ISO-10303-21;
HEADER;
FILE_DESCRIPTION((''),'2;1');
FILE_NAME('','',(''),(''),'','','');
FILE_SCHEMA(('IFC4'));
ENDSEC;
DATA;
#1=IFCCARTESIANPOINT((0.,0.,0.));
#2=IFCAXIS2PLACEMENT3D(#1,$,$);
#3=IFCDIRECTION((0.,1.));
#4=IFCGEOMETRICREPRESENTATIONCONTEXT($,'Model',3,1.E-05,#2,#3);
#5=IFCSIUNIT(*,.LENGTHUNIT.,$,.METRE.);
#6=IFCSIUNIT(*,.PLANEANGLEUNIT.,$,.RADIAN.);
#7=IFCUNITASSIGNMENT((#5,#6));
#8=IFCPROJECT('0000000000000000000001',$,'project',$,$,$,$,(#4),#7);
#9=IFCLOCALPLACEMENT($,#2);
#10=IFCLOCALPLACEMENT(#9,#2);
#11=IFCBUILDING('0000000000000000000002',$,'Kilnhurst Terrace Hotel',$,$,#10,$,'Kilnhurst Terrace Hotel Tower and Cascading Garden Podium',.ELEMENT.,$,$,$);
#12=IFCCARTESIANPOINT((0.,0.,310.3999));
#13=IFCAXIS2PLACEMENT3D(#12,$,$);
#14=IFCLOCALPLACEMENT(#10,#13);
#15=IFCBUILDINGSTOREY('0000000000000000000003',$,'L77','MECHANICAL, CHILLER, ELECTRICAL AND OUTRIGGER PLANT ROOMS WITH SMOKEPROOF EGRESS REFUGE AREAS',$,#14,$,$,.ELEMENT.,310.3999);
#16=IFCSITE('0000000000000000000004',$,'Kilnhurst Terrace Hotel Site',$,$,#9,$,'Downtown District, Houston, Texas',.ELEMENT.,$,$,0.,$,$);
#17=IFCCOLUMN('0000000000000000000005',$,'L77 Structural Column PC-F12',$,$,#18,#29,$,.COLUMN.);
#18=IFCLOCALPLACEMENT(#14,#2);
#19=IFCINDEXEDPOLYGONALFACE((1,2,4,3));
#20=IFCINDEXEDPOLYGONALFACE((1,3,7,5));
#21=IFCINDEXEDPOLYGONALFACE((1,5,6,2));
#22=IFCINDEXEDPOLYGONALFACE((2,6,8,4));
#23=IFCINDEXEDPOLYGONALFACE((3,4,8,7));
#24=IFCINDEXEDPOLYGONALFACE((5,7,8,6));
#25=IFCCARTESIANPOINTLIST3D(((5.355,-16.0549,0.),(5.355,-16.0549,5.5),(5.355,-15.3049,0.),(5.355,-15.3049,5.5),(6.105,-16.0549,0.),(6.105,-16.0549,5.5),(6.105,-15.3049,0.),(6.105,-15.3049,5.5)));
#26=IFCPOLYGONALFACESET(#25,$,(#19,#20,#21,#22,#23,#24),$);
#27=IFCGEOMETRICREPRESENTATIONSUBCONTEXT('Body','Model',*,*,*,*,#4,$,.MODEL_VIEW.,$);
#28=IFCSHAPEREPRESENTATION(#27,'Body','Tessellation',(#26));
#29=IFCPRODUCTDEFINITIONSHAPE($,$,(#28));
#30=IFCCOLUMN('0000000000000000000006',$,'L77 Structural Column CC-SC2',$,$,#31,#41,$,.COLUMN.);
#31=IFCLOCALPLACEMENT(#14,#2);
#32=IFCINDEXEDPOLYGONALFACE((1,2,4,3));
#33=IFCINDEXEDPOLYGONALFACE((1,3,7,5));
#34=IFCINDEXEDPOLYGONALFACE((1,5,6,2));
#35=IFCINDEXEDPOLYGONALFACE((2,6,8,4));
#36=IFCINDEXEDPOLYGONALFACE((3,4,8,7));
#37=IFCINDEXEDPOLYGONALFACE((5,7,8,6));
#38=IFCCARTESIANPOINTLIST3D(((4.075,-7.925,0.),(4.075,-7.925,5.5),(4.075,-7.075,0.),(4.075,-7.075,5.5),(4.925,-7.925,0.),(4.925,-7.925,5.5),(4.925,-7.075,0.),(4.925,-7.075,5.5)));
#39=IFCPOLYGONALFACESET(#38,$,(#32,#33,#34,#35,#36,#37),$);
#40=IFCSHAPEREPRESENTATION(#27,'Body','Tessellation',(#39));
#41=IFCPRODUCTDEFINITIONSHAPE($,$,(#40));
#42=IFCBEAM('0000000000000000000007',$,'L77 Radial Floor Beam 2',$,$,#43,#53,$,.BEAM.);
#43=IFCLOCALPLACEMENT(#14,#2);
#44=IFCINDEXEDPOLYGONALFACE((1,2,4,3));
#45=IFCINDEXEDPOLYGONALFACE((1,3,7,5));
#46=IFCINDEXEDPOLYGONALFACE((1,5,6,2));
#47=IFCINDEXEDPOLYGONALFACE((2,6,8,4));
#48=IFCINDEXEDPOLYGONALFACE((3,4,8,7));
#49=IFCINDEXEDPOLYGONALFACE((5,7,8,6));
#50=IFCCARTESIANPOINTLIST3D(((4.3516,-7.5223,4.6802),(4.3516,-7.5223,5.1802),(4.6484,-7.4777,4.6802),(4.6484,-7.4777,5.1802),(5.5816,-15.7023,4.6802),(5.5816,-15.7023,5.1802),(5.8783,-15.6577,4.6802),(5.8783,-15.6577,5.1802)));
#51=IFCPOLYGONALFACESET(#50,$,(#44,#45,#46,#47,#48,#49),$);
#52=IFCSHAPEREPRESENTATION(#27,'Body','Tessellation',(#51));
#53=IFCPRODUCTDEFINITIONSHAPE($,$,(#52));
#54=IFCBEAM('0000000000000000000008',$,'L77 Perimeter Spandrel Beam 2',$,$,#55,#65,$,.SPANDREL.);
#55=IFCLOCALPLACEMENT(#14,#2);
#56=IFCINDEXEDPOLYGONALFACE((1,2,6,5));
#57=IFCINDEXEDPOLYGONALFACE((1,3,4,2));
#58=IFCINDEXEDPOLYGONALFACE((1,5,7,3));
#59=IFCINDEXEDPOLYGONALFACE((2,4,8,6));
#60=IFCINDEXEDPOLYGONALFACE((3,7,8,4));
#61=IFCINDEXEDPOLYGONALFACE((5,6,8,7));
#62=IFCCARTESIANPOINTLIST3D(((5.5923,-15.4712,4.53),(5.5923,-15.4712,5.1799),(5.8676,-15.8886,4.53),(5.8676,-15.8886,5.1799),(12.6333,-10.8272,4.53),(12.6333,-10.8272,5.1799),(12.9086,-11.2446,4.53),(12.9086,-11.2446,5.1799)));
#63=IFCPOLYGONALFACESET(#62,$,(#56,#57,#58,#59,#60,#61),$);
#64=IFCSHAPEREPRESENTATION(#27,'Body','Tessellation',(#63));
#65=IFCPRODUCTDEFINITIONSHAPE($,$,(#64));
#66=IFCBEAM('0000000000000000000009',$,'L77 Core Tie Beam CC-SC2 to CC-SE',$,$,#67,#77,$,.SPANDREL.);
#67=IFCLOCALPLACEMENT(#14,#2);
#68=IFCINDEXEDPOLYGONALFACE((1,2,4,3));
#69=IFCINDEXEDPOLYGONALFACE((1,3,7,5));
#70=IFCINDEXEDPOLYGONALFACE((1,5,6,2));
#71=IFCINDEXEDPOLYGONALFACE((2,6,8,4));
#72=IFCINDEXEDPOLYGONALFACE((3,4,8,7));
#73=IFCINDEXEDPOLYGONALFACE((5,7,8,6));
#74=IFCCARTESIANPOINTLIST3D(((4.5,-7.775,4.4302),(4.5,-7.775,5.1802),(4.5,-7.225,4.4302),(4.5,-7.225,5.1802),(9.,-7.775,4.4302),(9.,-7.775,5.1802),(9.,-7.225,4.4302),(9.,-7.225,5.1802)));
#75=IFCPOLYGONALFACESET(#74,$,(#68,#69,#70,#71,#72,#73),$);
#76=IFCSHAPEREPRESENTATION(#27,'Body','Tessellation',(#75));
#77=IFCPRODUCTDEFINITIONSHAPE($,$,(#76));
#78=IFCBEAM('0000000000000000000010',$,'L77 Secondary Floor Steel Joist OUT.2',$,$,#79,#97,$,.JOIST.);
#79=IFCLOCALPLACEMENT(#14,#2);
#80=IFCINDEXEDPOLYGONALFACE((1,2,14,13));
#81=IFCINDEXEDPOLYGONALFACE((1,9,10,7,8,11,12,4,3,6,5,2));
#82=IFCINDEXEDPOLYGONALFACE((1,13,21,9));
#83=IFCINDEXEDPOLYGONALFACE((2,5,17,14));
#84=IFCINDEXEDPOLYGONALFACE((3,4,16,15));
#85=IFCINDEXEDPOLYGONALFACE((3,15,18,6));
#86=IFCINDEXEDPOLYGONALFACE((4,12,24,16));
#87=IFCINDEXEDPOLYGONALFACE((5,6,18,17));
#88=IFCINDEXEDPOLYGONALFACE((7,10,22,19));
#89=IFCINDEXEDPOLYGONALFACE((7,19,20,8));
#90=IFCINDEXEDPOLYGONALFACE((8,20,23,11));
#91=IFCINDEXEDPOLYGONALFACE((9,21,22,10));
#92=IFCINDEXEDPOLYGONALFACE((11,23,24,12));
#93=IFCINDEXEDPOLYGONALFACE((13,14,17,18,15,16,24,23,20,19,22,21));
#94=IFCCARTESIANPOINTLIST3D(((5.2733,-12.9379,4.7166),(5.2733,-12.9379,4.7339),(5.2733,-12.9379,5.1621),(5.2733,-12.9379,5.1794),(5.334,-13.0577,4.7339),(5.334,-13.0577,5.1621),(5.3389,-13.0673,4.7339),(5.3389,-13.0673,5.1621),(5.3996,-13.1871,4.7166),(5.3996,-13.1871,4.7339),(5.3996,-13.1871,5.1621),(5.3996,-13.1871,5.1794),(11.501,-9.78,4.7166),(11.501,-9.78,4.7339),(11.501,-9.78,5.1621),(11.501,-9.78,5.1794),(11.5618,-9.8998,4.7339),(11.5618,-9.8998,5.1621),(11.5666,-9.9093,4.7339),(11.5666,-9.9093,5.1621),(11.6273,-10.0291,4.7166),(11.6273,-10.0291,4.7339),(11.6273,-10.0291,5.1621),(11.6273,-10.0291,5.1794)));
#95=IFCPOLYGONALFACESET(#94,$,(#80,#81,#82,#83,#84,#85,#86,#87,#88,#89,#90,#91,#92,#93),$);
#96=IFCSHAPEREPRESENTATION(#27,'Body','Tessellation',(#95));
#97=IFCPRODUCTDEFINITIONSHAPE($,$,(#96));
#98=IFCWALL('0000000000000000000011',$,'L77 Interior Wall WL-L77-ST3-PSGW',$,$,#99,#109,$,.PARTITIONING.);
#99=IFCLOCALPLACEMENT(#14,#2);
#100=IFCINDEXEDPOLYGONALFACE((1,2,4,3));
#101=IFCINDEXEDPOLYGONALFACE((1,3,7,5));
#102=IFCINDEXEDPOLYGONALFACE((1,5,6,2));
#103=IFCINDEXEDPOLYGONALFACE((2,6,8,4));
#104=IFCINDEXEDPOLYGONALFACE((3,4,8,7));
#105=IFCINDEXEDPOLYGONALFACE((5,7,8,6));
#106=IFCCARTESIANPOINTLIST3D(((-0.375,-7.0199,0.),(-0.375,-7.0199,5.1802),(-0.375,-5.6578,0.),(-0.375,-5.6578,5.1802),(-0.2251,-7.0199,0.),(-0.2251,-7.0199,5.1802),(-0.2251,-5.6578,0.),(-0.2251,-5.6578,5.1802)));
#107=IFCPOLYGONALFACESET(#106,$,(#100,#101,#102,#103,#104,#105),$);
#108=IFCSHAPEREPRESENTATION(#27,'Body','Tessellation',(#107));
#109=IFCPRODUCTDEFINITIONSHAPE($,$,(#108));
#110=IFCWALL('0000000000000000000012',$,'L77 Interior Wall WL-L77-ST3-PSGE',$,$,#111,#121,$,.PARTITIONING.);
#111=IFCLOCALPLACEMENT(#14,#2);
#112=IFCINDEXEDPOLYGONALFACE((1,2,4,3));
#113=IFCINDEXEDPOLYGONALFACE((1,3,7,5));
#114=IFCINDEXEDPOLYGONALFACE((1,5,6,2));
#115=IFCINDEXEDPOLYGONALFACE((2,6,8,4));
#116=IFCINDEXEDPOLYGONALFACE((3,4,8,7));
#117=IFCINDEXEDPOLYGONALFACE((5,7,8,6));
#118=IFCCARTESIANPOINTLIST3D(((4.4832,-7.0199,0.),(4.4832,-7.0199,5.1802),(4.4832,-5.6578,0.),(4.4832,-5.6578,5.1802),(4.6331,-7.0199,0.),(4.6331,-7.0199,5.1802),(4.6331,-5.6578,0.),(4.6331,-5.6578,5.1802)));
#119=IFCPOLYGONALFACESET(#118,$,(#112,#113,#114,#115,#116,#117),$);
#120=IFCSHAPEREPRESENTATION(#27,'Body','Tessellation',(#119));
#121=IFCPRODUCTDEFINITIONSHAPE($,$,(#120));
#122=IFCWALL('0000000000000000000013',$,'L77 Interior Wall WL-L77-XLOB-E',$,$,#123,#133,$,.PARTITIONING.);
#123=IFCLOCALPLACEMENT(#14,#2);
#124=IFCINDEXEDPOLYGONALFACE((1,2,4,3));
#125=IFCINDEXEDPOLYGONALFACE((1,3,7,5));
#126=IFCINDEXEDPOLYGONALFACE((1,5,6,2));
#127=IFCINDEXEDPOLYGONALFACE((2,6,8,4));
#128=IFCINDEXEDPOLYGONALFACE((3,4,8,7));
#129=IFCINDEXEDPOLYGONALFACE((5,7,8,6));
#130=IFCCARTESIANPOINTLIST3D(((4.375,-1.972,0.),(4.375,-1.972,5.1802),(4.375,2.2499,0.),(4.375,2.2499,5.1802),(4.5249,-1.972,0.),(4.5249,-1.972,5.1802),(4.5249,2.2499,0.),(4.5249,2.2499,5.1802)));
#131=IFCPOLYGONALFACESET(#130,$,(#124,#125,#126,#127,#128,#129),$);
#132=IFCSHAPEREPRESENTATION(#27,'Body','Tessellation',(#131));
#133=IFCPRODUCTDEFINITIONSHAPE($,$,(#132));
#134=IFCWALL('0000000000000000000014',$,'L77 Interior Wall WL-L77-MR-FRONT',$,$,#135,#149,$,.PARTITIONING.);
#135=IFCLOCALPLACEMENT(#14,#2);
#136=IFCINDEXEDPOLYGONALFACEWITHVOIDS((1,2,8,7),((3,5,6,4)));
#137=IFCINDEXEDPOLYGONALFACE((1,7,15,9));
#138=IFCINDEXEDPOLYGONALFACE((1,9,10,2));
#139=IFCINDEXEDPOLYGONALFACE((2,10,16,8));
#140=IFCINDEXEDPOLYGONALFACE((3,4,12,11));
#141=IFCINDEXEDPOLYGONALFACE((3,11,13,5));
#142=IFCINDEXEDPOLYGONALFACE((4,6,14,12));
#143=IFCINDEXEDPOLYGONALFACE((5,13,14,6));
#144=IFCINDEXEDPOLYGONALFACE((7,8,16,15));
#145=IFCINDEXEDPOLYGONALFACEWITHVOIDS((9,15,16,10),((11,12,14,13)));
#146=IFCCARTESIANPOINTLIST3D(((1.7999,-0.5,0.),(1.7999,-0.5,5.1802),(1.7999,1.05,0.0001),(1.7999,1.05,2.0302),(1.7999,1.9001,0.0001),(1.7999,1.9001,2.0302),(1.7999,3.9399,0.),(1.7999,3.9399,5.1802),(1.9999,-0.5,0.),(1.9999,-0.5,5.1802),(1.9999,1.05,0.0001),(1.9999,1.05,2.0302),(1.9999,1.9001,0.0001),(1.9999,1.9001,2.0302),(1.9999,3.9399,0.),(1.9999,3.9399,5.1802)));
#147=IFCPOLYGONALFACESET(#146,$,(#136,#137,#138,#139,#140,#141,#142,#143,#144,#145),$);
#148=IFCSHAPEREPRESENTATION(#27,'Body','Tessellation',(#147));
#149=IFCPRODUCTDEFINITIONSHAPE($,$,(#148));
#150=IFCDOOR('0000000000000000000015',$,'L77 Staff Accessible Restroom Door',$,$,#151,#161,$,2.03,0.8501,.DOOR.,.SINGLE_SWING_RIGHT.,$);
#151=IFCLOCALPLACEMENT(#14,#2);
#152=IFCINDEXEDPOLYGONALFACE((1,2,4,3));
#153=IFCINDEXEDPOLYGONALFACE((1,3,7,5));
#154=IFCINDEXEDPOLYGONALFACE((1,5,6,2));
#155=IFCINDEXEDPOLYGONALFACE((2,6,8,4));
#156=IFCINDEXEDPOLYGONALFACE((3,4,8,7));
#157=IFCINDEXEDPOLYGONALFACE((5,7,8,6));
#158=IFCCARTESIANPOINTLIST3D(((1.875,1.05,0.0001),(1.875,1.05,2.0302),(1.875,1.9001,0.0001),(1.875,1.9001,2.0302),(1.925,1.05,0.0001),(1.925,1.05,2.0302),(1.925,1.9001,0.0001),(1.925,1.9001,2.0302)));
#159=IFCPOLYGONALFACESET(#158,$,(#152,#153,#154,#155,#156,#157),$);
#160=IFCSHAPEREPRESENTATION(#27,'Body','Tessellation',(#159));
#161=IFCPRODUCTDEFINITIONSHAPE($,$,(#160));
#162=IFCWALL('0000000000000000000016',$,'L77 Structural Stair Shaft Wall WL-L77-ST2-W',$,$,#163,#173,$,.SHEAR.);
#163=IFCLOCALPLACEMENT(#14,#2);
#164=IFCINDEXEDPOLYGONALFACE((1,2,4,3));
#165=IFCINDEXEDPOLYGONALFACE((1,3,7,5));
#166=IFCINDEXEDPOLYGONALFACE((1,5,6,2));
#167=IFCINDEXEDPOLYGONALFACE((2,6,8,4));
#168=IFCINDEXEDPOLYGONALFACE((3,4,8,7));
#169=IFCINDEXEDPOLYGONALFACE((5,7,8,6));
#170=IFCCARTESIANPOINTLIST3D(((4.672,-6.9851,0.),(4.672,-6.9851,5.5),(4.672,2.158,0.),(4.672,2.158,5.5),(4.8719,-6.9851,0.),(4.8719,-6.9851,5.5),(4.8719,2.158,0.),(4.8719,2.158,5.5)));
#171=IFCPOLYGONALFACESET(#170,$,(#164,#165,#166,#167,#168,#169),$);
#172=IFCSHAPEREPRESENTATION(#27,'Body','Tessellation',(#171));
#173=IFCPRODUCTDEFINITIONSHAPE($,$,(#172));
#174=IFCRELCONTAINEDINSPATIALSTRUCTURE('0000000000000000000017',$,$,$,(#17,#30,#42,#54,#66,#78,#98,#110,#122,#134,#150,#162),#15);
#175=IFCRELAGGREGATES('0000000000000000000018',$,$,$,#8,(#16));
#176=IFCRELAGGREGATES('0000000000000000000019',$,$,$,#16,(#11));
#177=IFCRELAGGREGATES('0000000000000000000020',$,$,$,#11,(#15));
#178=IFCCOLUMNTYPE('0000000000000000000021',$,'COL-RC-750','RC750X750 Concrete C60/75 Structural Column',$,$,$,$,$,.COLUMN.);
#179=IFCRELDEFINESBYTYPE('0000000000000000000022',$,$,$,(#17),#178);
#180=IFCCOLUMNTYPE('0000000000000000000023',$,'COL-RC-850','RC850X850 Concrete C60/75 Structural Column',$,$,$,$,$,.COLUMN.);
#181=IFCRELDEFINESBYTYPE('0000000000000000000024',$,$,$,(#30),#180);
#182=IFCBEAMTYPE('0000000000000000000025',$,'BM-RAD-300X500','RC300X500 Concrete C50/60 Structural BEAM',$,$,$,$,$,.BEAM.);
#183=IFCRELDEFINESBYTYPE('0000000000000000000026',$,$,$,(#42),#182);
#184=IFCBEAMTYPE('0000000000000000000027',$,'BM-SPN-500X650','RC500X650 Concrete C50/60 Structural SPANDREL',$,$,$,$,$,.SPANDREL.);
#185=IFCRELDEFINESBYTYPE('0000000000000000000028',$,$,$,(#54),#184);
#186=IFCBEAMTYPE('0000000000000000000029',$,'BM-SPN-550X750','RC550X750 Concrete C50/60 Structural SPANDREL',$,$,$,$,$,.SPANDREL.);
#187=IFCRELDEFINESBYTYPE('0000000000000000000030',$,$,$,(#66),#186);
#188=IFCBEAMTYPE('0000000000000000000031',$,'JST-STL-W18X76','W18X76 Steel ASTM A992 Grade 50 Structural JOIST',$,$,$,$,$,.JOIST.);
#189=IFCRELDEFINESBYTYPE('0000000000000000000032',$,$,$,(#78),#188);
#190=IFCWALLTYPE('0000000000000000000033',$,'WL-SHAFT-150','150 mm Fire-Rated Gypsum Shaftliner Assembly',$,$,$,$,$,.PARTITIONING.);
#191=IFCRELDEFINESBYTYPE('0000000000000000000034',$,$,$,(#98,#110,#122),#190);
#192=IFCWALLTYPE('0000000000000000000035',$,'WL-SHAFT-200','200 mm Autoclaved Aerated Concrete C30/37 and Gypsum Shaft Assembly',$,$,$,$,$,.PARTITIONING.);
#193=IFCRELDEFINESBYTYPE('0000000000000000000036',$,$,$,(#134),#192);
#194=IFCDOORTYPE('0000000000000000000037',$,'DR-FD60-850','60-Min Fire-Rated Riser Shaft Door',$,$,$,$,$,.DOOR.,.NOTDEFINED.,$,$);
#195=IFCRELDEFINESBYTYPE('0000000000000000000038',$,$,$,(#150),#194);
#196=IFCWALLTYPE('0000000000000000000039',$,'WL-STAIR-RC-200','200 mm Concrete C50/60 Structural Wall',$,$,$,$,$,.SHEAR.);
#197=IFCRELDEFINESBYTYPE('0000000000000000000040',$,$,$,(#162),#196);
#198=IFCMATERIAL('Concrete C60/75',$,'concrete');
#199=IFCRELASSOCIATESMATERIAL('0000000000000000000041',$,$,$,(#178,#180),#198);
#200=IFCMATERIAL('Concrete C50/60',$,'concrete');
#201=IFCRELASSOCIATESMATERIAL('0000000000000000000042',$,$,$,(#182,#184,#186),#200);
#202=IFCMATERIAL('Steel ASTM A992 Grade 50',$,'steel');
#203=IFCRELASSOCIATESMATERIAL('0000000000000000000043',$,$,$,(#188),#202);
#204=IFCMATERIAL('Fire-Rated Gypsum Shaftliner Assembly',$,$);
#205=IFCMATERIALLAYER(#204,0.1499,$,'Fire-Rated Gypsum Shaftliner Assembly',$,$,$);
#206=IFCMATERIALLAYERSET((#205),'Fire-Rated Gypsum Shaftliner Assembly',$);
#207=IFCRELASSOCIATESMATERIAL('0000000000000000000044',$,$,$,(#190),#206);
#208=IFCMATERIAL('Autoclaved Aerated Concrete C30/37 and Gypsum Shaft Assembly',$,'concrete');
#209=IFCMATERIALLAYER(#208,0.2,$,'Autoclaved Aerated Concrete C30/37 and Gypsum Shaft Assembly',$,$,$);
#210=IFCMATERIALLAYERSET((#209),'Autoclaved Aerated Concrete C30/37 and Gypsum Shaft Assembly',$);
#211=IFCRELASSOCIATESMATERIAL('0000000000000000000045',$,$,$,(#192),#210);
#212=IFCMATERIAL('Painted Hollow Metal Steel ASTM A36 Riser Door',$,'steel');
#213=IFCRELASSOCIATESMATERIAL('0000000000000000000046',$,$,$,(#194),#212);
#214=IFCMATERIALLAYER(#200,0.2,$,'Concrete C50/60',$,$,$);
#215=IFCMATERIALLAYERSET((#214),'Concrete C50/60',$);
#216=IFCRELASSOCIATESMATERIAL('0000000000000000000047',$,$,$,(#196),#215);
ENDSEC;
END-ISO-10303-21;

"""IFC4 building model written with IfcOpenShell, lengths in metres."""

from ifc_helpers import new_model, si_unit, direction, frame, frame_2d, origin, origin_2d, place, context, subcontext, project, spatial, rectangle, i_section, extrude, material, layer, layer_set, material_profile, profile_set, type_object, element, fill, save


model = new_model("IFC4")

# Units and contexts
model_context = context("Model", 3, precision=1e-05, world=origin(), true_north=direction((0.0, 1.0)))
body_context = subcontext(model_context, "Body", "Model", "MODEL_VIEW")
ifc_project = project(units=[si_unit("LENGTHUNIT", "METRE"), si_unit("PLANEANGLEUNIT", "RADIAN")], contexts=[model_context])

# Site, building, storey
site_placement = place(None, origin())
site = spatial("IfcSite", under=ifc_project, at=site_placement, Name="Kilnhurst Terrace Hotel Site", LongName="Downtown District, Houston, Texas", CompositionType="ELEMENT", RefElevation=0.0)
building_placement = place(site_placement, origin())
building = spatial("IfcBuilding", under=site, at=building_placement, Name="Kilnhurst Terrace Hotel", LongName="Kilnhurst Terrace Hotel Tower and Cascading Garden Podium", CompositionType="ELEMENT")
storey_placement = place(building_placement, frame((0.0, 0.0, 310.3999)))
storey = spatial("IfcBuildingStorey", under=building, at=storey_placement, Name="L77", Description="MECHANICAL, CHILLER, ELECTRICAL AND OUTRIGGER PLANT ROOMS WITH SMOKEPROOF EGRESS REFUGE AREAS", CompositionType="ELEMENT", Elevation=310.3999)

# Columns
ifc_material_1 = material(Name="Concrete C60/75", Category="concrete")
ifc_material_profile_1 = material_profile(ifc_material_1, rectangle(XDim=0.75, YDim=0.75, at=origin_2d()), Name="RC750X750")
ifc_profile_set_1 = profile_set([ifc_material_profile_1], Name="Concrete C60/75")
column_type_1 = type_object("IfcColumnType", Name="COL-RC-750", Description="RC750X750 Concrete C60/75 Structural Column", PredefinedType="COLUMN", material=ifc_profile_set_1)
column_1_placement = place(storey_placement, frame((5.73, -15.6799, 0.0), z_axis=(0.0, 0.0, 1.0), x_axis=(1.0, 0.0, 0.0)))
element("IfcColumn", 1, at=column_1_placement, inside=storey, type_object=column_type_1, Name="L77 Structural Column PC-F12", PredefinedType="COLUMN", context=body_context, shape_type="SweptSolid", body=[
    extrude(rectangle(XDim=0.75, YDim=0.75, at=origin_2d()), origin(), (0.0, 0.0, 1.0), 5.5),
])
ifc_material_profile_2 = material_profile(ifc_material_1, rectangle(XDim=0.8501, YDim=0.8501, at=origin_2d()), Name="RC850X850")
ifc_profile_set_2 = profile_set([ifc_material_profile_2], Name="Concrete C60/75")
column_type_2 = type_object("IfcColumnType", Name="COL-RC-850", Description="RC850X850 Concrete C60/75 Structural Column", PredefinedType="COLUMN", material=ifc_profile_set_2)
column_2_placement = place(storey_placement, frame((4.5, -7.5, 0.0), z_axis=(0.0, 0.0, 1.0), x_axis=(1.0, 0.0, 0.0)))
element("IfcColumn", 2, at=column_2_placement, inside=storey, type_object=column_type_2, Name="L77 Structural Column CC-SC2", PredefinedType="COLUMN", context=body_context, shape_type="SweptSolid", body=[
    extrude(rectangle(XDim=0.8501, YDim=0.8501, at=origin_2d()), origin(), (0.0, 0.0, 1.0), 5.5),
])

# Beams
ifc_material_2 = material(Name="Concrete C50/60", Category="concrete")
ifc_material_profile_3 = material_profile(ifc_material_2, rectangle(XDim=0.3, YDim=0.5, at=origin_2d()), Name="RC300X500")
ifc_profile_set_3 = profile_set([ifc_material_profile_3], Name="Concrete C50/60")
beam_type_1 = type_object("IfcBeamType", Name="BM-RAD-300X500", Description="RC300X500 Concrete C50/60 Structural BEAM", PredefinedType="BEAM", material=ifc_profile_set_3)
beam_1_placement = place(storey_placement, frame((4.5, -7.5, 4.9302), z_axis=(0.148694, -0.988883, 0.0), x_axis=(0.988883, 0.148694, 0.0)))
element("IfcBeam", 3, at=beam_1_placement, inside=storey, type_object=beam_type_1, Name="L77 Radial Floor Beam 2", PredefinedType="BEAM", context=body_context, shape_type="SweptSolid", body=[
    extrude(rectangle(XDim=0.3, YDim=0.5, at=origin_2d()), origin(), (0.0, 0.0, 1.0), 8.272),
])
ifc_material_profile_4 = material_profile(ifc_material_2, rectangle(XDim=0.5, YDim=0.6499, at=origin_2d()), Name="RC500X650")
ifc_profile_set_4 = profile_set([ifc_material_profile_4], Name="Concrete C50/60")
beam_type_2 = type_object("IfcBeamType", Name="BM-SPN-500X650", Description="RC500X650 Concrete C50/60 Structural SPANDREL", PredefinedType="SPANDREL", material=ifc_profile_set_4)
beam_2_placement = place(storey_placement, frame((5.73, -15.6799, 4.855), z_axis=(0.834774, 0.550592, 0.0), x_axis=(-0.550592, 0.834774, 0.0)))
element("IfcBeam", 4, at=beam_2_placement, inside=storey, type_object=beam_type_2, Name="L77 Perimeter Spandrel Beam 2", PredefinedType="SPANDREL", context=body_context, shape_type="SweptSolid", body=[
    extrude(rectangle(XDim=0.5, YDim=0.6499, at=origin_2d()), origin(), (0.0, 0.0, 1.0), 8.4346),
])
ifc_material_profile_5 = material_profile(ifc_material_2, rectangle(XDim=0.55, YDim=0.75, at=origin_2d()), Name="RC550X750")
ifc_profile_set_5 = profile_set([ifc_material_profile_5], Name="Concrete C50/60")
beam_type_3 = type_object("IfcBeamType", Name="BM-SPN-550X750", Description="RC550X750 Concrete C50/60 Structural SPANDREL", PredefinedType="SPANDREL", material=ifc_profile_set_5)
beam_3_placement = place(storey_placement, frame((4.5, -7.5, 4.8052), z_axis=(1.0, 0.0, 0.0), x_axis=(0.0, 1.0, 0.0)))
element("IfcBeam", 5, at=beam_3_placement, inside=storey, type_object=beam_type_3, Name="L77 Core Tie Beam CC-SC2 to CC-SE", PredefinedType="SPANDREL", context=body_context, shape_type="SweptSolid", body=[
    extrude(rectangle(XDim=0.55, YDim=0.75, at=origin_2d()), origin(), (0.0, 0.0, 1.0), 4.5),
])
ifc_material_3 = material(Name="Steel ASTM A992 Grade 50", Category="steel")
ifc_material_profile_6 = material_profile(ifc_material_3, i_section(OverallWidth=0.2793, OverallDepth=0.4629, WebThickness=0.0107, FlangeThickness=0.0173, at=origin_2d()), Name="W18X76")
ifc_profile_set_6 = profile_set([ifc_material_profile_6], Name="Steel ASTM A992 Grade 50")
beam_type_4 = type_object("IfcBeamType", Name="JST-STL-W18X76", Description="W18X76 Steel ASTM A992 Grade 50 Structural JOIST", PredefinedType="JOIST", material=ifc_profile_set_6)
beam_4_placement = place(storey_placement, frame((5.3364, -13.0625, 4.948), z_axis=(0.891889, 0.452255, 0.0), x_axis=(-0.452255, 0.891889, 0.0)))
element("IfcBeam", 6, at=beam_4_placement, inside=storey, type_object=beam_type_4, Name="L77 Secondary Floor Steel Joist OUT.2", PredefinedType="JOIST", context=body_context, shape_type="SweptSolid", body=[
    extrude(i_section(OverallWidth=0.2793, OverallDepth=0.4629, WebThickness=0.0107, FlangeThickness=0.0173, at=origin_2d()), origin(), (0.0, 0.0, 1.0), 6.9827),
])

# Walls
ifc_material_4 = material(Name="Fire-Rated Gypsum Shaftliner Assembly")
ifc_layer_1 = layer(ifc_material_4, 0.1499, Name="Fire-Rated Gypsum Shaftliner Assembly")
ifc_layer_set_1 = layer_set([ifc_layer_1], Name="Fire-Rated Gypsum Shaftliner Assembly")
wall_type_1 = type_object("IfcWallType", Name="WL-SHAFT-150", Description="150 mm Fire-Rated Gypsum Shaftliner Assembly", PredefinedType="PARTITIONING", material=ifc_layer_set_1)
for number, where, z_axis, x_axis, name in (
    (7, (-0.3, -7.02, 0.0), (0.0, 0.0, 1.0), (0.0, 1.0, 0.0), "L77 Interior Wall WL-L77-ST3-PSGW"),
    (8, (4.5581, -7.02, 0.0), (0.0, 0.0, 1.0), (0.0, 1.0, 0.0), "L77 Interior Wall WL-L77-ST3-PSGE"),
):
    element("IfcWall", number, at=place(storey_placement, frame(where, z_axis=z_axis, x_axis=x_axis)), inside=storey, type_object=wall_type_1, Name=name, PredefinedType="PARTITIONING", context=body_context, shape_type="SweptSolid", body=[
        extrude(rectangle(XDim=1.3621, YDim=0.1499, at=frame_2d((0.6812, 0.0))), origin(), (0.0, 0.0, 1.0), 5.1802),
    ])
wall_1_placement = place(storey_placement, frame((4.45, -1.9719, 0.0), z_axis=(0.0, 0.0, 1.0), x_axis=(0.0, 1.0, 0.0)))
element("IfcWall", 9, at=wall_1_placement, inside=storey, type_object=wall_type_1, Name="L77 Interior Wall WL-L77-XLOB-E", PredefinedType="PARTITIONING", context=body_context, shape_type="SweptSolid", body=[
    extrude(rectangle(XDim=4.2219, YDim=0.1499, at=frame_2d((2.1108, 0.0))), origin(), (0.0, 0.0, 1.0), 5.1802),
])

# Wall, opening, door
ifc_material_5 = material(Name="Autoclaved Aerated Concrete C30/37 and Gypsum Shaft Assembly", Category="concrete")
ifc_layer_2 = layer(ifc_material_5, 0.2, Name="Autoclaved Aerated Concrete C30/37 and Gypsum Shaft Assembly")
ifc_layer_set_2 = layer_set([ifc_layer_2], Name="Autoclaved Aerated Concrete C30/37 and Gypsum Shaft Assembly")
wall_type_2 = type_object("IfcWallType", Name="WL-SHAFT-200", Description="200 mm Autoclaved Aerated Concrete C30/37 and Gypsum Shaft Assembly", PredefinedType="PARTITIONING", material=ifc_layer_set_2)
wall_2_placement = place(storey_placement, frame((1.8999, -0.5, 0.0), z_axis=(0.0, 0.0, 1.0), x_axis=(0.0, 1.0, 0.0)))
wall_2 = element("IfcWall", 10, at=wall_2_placement, inside=storey, type_object=wall_type_2, Name="L77 Interior Wall WL-L77-MR-FRONT", PredefinedType="PARTITIONING", context=body_context, shape_type="SweptSolid", body=[
    extrude(rectangle(XDim=4.4399, YDim=0.2, at=frame_2d((2.22, 0.0))), origin(), (0.0, 0.0, 1.0), 5.1802),
])
opening_placement = place(wall_2_placement, frame((1.55, 0.0, 0.0)))
opening = element("IfcOpeningElement", 11, at=opening_placement, cuts=wall_2, PredefinedType="OPENING", context=body_context, shape_type="SweptSolid", body=[
    extrude(rectangle(XDim=0.8501, YDim=2.03, at=frame_2d((0.425, 1.0151))), frame((0.0, 0.1099, 0.0), z_axis=(0.0, -1.0, 0.0), x_axis=(1.0, 0.0, 0.0)), (0.0, 0.0, 1.0), 0.22),
])
ifc_material_6 = material(Name="Painted Hollow Metal Steel ASTM A36 Riser Door", Category="steel")
door_type = type_object("IfcDoorType", Name="DR-FD60-850", Description="60-Min Fire-Rated Riser Shaft Door", OperationType="NOTDEFINED", PredefinedType="DOOR", material=ifc_material_6)
door_placement = place(opening_placement, origin())
door = element("IfcDoor", 12, at=door_placement, inside=storey, type_object=door_type, Name="L77 Staff Accessible Restroom Door", OperationType="SINGLE_SWING_RIGHT", OverallHeight=2.03, OverallWidth=0.8501, PredefinedType="DOOR", context=body_context, shape_type="SweptSolid", body=[
    extrude(rectangle(XDim=0.8501, YDim=2.03, at=frame_2d((0.425, 1.0151))), frame((0.0, 0.0249, 0.0), z_axis=(0.0, -1.0, 0.0), x_axis=(1.0, 0.0, 0.0)), (0.0, 0.0, 1.0), 0.05),
])
fill(opening, door)

# Wall
ifc_layer_3 = layer(ifc_material_2, 0.2, Name="Concrete C50/60")
ifc_layer_set_3 = layer_set([ifc_layer_3], Name="Concrete C50/60")
wall_type_3 = type_object("IfcWallType", Name="WL-STAIR-RC-200", Description="200 mm Concrete C50/60 Structural Wall", PredefinedType="SHEAR", material=ifc_layer_set_3)
wall_3_placement = place(storey_placement, frame((4.772, -6.9851, 0.0), z_axis=(0.0, 0.0, 1.0), x_axis=(0.0, 1.0, 0.0)))
element("IfcWall", 13, at=wall_3_placement, inside=storey, type_object=wall_type_3, Name="L77 Structural Stair Shaft Wall WL-L77-ST2-W", PredefinedType="SHEAR", context=body_context, shape_type="SweptSolid", body=[
    extrude(rectangle(XDim=9.1431, YDim=0.2, at=frame_2d((4.5715, 0.0))), origin(), (0.0, 0.0, 1.0), 5.5),
])

save(model, "model.ifc")
